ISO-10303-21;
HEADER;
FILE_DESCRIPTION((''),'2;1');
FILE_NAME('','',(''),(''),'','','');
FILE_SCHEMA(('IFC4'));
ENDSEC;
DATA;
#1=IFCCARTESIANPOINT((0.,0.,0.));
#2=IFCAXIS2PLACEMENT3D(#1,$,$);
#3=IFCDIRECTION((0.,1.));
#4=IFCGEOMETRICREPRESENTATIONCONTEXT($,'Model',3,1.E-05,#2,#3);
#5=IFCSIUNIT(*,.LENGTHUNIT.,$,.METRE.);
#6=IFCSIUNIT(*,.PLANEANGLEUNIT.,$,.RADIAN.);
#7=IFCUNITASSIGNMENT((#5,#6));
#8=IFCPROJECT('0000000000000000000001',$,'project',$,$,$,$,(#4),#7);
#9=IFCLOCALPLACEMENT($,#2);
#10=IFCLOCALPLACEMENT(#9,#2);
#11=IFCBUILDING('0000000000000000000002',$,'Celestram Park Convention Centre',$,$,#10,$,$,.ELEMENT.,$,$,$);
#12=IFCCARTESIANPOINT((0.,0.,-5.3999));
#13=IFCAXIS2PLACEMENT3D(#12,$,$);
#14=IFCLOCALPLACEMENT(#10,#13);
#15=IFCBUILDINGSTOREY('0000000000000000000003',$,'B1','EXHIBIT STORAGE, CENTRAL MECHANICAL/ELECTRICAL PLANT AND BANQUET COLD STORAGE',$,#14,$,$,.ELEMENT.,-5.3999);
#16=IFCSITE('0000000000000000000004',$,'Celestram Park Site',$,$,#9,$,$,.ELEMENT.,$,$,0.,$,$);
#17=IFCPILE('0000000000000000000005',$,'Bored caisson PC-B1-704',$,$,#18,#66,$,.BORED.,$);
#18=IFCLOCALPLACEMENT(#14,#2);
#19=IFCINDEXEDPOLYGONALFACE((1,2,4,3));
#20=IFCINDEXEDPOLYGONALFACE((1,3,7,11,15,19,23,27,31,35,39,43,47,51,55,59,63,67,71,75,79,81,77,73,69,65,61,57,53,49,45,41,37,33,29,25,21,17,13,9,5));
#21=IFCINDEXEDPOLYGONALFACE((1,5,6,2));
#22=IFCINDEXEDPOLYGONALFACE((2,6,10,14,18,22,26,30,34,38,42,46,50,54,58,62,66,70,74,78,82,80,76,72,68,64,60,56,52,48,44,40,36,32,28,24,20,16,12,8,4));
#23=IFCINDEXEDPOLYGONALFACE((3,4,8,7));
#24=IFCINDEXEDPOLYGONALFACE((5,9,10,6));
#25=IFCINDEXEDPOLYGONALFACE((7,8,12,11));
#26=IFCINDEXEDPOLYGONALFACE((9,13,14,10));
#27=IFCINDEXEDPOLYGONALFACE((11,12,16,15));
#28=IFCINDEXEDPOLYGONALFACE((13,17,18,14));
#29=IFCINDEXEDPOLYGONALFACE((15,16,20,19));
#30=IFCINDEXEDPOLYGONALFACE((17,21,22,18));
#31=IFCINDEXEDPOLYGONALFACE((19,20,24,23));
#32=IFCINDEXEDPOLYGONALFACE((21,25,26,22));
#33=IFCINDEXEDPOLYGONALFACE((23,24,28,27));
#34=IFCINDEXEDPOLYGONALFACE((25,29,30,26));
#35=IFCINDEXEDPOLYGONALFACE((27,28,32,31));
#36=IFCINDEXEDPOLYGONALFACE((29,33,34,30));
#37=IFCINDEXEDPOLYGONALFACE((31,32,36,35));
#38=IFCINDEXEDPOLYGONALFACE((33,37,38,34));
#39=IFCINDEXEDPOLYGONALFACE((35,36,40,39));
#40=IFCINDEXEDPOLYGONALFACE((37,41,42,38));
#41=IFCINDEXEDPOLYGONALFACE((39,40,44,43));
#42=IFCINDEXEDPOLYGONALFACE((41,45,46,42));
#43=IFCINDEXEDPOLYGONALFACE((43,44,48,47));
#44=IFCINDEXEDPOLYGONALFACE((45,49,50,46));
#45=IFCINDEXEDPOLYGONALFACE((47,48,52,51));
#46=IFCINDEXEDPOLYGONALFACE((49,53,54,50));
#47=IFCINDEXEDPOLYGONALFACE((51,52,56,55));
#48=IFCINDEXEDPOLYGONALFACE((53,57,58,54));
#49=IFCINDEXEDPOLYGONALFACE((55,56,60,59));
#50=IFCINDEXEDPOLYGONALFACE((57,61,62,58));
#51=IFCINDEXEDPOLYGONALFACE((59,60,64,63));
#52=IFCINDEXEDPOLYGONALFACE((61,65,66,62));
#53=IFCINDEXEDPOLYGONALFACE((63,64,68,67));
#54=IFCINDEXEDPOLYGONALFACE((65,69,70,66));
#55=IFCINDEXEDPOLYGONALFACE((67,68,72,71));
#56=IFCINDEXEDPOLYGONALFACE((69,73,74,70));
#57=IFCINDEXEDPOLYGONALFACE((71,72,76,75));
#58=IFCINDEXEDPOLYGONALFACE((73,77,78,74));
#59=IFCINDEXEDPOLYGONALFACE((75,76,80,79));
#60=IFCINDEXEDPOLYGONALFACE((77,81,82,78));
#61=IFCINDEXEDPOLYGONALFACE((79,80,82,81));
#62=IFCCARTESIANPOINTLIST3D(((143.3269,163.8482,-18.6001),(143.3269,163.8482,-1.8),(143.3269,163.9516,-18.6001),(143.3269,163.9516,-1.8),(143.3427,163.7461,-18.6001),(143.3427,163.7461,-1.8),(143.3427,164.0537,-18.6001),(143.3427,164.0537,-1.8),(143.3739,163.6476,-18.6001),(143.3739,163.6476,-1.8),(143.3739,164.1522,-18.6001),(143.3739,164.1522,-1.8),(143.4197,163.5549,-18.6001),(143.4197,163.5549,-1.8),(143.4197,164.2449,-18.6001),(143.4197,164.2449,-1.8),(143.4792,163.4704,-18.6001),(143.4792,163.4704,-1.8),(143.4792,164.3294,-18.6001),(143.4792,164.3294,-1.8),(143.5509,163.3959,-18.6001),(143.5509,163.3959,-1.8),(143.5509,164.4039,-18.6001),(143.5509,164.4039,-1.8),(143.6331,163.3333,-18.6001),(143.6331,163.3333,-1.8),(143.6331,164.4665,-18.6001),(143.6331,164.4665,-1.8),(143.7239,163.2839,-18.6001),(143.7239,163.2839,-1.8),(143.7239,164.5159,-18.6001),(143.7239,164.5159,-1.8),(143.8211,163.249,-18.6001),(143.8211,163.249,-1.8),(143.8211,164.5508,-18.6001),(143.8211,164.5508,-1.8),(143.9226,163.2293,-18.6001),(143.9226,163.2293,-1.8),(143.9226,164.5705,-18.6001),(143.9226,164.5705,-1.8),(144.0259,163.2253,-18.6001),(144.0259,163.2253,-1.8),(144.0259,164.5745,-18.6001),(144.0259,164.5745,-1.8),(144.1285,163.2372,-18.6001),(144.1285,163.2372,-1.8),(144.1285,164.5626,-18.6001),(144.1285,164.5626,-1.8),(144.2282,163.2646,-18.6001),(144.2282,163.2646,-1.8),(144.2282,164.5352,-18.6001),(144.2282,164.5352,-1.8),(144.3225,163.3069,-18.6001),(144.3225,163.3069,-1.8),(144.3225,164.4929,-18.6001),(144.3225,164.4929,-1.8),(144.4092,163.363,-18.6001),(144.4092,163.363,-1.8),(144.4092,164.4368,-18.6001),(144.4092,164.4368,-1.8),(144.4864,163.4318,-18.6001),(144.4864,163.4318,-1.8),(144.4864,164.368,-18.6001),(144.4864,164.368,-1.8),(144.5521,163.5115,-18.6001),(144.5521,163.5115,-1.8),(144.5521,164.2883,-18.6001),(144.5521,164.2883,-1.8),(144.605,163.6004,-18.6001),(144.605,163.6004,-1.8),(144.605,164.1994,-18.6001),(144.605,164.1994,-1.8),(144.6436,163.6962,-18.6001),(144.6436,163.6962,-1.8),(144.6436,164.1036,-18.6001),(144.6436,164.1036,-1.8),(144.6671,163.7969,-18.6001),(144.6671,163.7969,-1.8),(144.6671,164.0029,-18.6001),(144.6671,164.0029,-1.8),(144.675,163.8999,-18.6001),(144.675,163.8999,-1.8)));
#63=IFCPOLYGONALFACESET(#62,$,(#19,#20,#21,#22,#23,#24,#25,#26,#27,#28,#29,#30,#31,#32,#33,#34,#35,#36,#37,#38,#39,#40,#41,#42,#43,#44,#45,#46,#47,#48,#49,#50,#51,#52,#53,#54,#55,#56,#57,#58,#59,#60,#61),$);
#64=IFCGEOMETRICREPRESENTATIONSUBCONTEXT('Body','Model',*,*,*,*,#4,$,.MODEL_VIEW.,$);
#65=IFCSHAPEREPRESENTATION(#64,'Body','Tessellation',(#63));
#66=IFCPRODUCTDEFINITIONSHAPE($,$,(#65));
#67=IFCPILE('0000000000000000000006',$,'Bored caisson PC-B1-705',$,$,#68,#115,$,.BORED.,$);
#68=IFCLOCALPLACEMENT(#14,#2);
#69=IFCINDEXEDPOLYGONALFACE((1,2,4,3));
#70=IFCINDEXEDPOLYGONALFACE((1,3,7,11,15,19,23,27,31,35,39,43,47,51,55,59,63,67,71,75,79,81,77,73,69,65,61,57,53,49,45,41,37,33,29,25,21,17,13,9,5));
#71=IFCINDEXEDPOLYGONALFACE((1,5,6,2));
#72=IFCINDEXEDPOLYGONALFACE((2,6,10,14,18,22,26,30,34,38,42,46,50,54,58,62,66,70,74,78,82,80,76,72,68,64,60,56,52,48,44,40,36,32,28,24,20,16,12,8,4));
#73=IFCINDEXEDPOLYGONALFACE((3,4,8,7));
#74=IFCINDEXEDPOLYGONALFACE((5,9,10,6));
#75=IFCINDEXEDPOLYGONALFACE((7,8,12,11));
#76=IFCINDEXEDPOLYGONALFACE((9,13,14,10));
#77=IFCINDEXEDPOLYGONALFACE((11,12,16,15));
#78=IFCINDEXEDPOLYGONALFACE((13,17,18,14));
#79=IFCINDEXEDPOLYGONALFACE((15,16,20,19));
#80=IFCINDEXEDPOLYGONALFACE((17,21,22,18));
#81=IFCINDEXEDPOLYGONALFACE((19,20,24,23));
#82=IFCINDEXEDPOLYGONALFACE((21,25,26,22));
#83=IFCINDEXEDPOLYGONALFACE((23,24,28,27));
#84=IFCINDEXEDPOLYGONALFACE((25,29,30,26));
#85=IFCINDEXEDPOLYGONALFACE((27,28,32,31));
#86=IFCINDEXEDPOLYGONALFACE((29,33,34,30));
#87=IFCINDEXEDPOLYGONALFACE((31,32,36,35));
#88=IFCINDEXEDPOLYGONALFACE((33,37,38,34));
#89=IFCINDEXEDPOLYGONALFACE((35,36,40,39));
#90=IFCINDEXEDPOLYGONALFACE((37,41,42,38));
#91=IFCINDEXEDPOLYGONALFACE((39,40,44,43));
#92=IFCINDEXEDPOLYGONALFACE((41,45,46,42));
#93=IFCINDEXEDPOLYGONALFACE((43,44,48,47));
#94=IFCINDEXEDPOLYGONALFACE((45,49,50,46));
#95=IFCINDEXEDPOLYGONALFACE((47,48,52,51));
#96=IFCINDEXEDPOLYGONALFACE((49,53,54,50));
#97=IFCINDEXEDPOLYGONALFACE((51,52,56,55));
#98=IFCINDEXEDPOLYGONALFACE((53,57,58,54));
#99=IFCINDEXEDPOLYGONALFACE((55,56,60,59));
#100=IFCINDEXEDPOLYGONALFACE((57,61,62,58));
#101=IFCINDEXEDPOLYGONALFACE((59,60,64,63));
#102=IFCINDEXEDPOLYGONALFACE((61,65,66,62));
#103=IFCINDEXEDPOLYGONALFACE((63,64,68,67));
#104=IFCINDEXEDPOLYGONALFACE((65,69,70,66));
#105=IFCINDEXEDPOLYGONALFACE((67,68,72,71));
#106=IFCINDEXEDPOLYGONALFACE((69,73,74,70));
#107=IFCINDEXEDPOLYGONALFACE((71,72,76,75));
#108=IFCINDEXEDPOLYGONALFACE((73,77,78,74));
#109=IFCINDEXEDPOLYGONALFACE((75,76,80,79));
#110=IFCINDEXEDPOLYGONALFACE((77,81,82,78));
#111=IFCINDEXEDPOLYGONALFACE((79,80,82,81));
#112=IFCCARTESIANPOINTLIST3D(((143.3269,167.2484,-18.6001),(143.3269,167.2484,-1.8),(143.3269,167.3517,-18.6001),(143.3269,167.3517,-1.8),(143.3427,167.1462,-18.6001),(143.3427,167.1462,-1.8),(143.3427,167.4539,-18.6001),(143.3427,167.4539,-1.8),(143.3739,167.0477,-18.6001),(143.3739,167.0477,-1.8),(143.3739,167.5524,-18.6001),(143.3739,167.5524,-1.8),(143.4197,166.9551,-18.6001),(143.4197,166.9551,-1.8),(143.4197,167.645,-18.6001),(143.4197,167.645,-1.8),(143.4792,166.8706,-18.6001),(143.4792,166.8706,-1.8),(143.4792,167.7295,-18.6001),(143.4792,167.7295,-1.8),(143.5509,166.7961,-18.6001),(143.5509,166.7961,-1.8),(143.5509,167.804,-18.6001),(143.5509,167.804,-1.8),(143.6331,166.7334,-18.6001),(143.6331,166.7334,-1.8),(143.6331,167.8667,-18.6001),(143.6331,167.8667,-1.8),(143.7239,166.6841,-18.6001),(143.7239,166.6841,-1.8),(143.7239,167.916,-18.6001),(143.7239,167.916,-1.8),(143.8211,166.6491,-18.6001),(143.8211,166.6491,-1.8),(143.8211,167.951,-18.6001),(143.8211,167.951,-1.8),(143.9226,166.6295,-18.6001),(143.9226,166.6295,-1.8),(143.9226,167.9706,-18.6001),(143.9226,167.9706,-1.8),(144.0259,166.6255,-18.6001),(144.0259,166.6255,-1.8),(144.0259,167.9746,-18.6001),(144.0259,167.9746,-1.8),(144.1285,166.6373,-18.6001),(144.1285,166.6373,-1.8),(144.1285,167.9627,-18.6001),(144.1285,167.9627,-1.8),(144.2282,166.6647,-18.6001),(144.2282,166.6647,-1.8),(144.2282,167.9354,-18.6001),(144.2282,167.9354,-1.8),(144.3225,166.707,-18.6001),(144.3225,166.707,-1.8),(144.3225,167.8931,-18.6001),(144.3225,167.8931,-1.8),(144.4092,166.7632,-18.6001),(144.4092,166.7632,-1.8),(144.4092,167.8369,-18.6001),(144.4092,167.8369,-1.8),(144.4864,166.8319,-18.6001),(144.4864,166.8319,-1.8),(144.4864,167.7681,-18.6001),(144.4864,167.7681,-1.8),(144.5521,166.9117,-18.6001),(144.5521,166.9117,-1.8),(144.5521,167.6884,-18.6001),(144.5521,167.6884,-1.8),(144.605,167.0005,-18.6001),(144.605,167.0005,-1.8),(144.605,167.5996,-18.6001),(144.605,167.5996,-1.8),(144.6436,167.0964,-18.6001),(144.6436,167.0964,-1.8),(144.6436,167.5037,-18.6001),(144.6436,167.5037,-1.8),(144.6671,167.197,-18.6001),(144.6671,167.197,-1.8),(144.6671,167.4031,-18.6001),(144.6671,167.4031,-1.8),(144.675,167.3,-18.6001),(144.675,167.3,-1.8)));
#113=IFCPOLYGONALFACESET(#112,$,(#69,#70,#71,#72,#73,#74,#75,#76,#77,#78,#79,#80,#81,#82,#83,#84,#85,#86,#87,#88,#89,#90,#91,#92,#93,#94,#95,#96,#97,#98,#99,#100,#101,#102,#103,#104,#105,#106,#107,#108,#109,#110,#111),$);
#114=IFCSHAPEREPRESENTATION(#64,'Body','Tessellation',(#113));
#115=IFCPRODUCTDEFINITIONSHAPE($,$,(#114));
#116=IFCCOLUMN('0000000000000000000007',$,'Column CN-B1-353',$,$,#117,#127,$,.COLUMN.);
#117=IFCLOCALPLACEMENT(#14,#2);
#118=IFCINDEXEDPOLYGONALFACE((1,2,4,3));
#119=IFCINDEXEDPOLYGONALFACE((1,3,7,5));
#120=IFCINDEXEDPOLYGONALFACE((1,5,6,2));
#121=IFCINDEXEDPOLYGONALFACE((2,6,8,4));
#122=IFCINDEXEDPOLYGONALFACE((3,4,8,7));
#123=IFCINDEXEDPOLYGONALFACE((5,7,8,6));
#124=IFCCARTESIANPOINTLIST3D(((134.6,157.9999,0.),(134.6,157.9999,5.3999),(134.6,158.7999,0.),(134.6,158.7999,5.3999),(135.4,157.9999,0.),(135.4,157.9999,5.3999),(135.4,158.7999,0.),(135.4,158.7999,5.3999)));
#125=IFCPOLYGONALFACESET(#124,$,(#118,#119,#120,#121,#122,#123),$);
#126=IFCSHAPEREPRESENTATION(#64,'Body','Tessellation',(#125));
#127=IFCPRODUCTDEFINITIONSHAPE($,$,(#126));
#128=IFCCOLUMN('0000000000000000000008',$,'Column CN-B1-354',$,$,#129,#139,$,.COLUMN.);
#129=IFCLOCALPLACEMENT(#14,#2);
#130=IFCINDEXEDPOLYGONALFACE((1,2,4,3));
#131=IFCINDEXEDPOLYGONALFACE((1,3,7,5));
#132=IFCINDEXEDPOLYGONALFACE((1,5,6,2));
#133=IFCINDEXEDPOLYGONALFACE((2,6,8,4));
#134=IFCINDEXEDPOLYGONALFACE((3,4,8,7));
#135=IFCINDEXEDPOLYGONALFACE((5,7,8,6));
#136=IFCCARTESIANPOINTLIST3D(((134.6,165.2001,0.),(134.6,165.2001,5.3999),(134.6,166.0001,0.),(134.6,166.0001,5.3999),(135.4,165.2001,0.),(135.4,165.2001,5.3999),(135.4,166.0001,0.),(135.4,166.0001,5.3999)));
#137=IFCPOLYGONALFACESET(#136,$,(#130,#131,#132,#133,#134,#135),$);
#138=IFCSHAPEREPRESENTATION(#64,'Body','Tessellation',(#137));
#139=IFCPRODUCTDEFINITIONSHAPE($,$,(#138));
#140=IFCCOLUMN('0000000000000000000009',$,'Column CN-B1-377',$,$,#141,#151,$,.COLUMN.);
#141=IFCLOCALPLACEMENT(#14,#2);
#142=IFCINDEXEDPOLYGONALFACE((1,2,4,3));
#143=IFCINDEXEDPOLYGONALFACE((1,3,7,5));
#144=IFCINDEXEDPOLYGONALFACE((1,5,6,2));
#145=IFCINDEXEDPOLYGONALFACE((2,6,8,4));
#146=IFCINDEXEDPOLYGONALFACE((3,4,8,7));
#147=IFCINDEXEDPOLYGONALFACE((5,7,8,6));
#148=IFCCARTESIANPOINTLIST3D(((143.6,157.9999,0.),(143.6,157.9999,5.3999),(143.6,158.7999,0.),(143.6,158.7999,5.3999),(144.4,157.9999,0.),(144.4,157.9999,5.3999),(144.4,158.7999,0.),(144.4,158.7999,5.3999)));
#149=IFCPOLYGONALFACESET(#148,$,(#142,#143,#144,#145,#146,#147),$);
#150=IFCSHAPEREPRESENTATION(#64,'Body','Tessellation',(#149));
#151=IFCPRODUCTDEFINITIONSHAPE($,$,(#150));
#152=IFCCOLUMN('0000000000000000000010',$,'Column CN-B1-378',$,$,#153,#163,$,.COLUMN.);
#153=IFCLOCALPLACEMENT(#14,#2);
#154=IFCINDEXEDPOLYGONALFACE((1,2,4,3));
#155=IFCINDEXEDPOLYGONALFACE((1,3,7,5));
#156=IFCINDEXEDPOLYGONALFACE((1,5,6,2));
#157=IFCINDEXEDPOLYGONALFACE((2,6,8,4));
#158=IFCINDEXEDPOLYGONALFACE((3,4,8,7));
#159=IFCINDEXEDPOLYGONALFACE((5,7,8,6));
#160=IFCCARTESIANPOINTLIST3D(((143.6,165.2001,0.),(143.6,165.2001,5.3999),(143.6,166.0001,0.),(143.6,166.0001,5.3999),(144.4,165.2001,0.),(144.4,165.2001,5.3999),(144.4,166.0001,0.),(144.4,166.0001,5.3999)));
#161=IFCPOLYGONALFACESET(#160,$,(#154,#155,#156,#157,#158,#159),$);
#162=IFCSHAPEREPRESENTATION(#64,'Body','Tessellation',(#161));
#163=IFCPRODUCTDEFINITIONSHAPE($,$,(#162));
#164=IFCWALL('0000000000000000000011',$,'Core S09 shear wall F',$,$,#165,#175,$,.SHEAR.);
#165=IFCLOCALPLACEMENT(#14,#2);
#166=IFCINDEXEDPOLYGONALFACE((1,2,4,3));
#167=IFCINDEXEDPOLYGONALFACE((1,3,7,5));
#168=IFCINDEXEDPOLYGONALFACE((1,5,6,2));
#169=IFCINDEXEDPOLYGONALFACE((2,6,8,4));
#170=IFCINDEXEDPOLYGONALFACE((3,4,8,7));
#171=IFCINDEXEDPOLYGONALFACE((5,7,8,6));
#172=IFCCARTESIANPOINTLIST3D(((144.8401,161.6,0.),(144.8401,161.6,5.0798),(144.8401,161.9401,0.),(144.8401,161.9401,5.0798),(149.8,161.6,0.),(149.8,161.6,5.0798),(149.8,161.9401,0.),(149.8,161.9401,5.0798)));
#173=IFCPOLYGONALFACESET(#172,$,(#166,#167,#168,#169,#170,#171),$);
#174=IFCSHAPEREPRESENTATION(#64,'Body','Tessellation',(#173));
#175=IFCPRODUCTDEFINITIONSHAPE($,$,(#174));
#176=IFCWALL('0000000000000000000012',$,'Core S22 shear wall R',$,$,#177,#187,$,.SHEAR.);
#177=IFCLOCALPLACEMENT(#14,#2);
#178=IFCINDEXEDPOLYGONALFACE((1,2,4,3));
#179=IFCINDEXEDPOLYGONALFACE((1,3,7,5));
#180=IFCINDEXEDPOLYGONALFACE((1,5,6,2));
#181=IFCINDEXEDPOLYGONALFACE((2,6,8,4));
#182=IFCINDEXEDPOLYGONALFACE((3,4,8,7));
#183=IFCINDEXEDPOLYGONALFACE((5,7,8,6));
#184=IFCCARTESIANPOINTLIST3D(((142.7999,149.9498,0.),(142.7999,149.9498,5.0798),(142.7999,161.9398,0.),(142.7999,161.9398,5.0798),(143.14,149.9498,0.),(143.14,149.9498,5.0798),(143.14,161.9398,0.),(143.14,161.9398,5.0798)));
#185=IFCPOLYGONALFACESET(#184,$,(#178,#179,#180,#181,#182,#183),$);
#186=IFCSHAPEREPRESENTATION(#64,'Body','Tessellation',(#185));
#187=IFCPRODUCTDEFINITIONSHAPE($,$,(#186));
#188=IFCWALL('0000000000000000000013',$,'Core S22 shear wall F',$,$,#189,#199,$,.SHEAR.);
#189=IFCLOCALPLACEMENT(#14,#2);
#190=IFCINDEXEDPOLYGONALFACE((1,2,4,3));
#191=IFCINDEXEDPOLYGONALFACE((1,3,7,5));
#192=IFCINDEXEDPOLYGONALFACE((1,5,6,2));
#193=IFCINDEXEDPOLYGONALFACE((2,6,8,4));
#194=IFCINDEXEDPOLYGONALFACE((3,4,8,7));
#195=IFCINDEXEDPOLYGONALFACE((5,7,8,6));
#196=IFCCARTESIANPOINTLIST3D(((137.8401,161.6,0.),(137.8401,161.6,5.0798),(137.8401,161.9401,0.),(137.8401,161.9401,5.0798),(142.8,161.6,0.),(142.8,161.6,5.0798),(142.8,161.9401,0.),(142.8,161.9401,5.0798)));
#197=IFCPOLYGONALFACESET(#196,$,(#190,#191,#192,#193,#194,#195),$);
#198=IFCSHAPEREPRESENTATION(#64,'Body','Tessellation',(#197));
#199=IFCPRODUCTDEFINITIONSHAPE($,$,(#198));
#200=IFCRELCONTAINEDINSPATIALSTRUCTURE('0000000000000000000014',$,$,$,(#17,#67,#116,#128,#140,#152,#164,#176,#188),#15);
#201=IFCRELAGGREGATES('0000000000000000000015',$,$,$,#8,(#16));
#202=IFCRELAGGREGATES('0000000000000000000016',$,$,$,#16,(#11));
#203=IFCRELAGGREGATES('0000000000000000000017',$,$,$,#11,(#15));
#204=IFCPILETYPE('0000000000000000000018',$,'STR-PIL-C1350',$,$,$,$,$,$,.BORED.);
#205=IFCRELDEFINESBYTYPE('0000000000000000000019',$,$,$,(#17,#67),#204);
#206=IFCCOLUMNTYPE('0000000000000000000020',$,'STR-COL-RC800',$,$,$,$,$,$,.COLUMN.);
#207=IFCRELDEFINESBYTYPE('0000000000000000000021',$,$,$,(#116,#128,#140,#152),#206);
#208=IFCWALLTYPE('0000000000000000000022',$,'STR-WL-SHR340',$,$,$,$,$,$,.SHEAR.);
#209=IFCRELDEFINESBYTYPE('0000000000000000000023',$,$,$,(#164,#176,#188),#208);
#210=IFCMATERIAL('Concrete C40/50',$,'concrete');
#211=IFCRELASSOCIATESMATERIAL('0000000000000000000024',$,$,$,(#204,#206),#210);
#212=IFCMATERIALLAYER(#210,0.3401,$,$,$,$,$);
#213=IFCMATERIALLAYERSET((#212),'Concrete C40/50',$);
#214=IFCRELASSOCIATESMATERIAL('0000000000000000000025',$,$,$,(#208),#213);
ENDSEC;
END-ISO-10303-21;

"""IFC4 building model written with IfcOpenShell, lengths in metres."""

from ifc_helpers import new_model, si_unit, direction, frame, frame_2d, origin, origin_2d, place, context, subcontext, project, spatial, rectangle, circle, extrude, material, layer, layer_set, material_profile, profile_set, type_object, element, save


model = new_model("IFC4")

# Units and contexts
model_context = context("Model", 3, precision=1e-05, world=origin(), true_north=direction((0.0, 1.0)))
body_context = subcontext(model_context, "Body", "Model", "MODEL_VIEW")
ifc_project = project(units=[si_unit("LENGTHUNIT", "METRE"), si_unit("PLANEANGLEUNIT", "RADIAN")], contexts=[model_context])

# Site, building, storey
site_placement = place(None, origin())
site = spatial("IfcSite", under=ifc_project, at=site_placement, Name="Celestram Park Site", CompositionType="ELEMENT", RefElevation=0.0)
building_placement = place(site_placement, origin())
building = spatial("IfcBuilding", under=site, at=building_placement, Name="Celestram Park Convention Centre", CompositionType="ELEMENT")
storey_placement = place(building_placement, frame((0.0, 0.0, -5.3999)))
storey = spatial("IfcBuildingStorey", under=building, at=storey_placement, Name="B1", Description="EXHIBIT STORAGE, CENTRAL MECHANICAL/ELECTRICAL PLANT AND BANQUET COLD STORAGE", CompositionType="ELEMENT", Elevation=-5.3999)

# Shared definitions
ifc_material_1 = material(Name="Concrete C40/50", Category="concrete")

# Piles
ifc_material_profile_1 = material_profile(ifc_material_1, circle(Radius=0.675, at=origin_2d()), Name="CAISSON1350")
ifc_profile_set_1 = profile_set([ifc_material_profile_1], Name="Concrete C40/50")
pile_type_1 = type_object("IfcPileType", Name="STR-PIL-C1350", PredefinedType="BORED", material=ifc_profile_set_1)
for number, where, z_axis, x_axis, name in (
    (1, (144.0, 163.8999, -1.8), (0.0, 0.0, -1.0), (1.0, 0.0, 0.0), "Bored caisson PC-B1-704"),
    (2, (144.0, 167.3, -1.8), (0.0, 0.0, -1.0), (1.0, 0.0, 0.0), "Bored caisson PC-B1-705"),
):
    element("IfcPile", number, at=place(storey_placement, frame(where, z_axis=z_axis, x_axis=x_axis)), inside=storey, type_object=pile_type_1, Name=name, PredefinedType="BORED", context=body_context, shape_type="SweptSolid", body=[
        extrude(circle(Radius=0.675, at=origin_2d()), origin(), (0.0, 0.0, 1.0), 16.8),
    ])

# Columns
ifc_material_profile_2 = material_profile(ifc_material_1, rectangle(XDim=0.8, YDim=0.8, at=origin_2d()), Name="RC800X800")
ifc_profile_set_2 = profile_set([ifc_material_profile_2], Name="Concrete C40/50")
column_type = type_object("IfcColumnType", Name="STR-COL-RC800", PredefinedType="COLUMN", material=ifc_profile_set_2)
for number, where, z_axis, x_axis, name in (
    (3, (135.0, 158.3999, 0.0), (0.0, 0.0, 1.0), (1.0, 0.0, 0.0), "Column CN-B1-353"),
    (4, (135.0, 165.6001, 0.0), (0.0, 0.0, 1.0), (1.0, 0.0, 0.0), "Column CN-B1-354"),
    (5, (144.0, 158.3999, 0.0), (0.0, 0.0, 1.0), (1.0, 0.0, 0.0), "Column CN-B1-377"),
    (6, (144.0, 165.6001, 0.0), (0.0, 0.0, 1.0), (1.0, 0.0, 0.0), "Column CN-B1-378"),
):
    element("IfcColumn", number, at=place(storey_placement, frame(where, z_axis=z_axis, x_axis=x_axis)), inside=storey, type_object=column_type, Name=name, PredefinedType="COLUMN", context=body_context, shape_type="SweptSolid", body=[
        extrude(rectangle(XDim=0.8, YDim=0.8, at=origin_2d()), origin(), (0.0, 0.0, 1.0), 5.3999),
    ])

# Walls
ifc_layer = layer(ifc_material_1, 0.3401)
ifc_layer_set = layer_set([ifc_layer], Name="Concrete C40/50")
wall_type = type_object("IfcWallType", Name="STR-WL-SHR340", PredefinedType="SHEAR", material=ifc_layer_set)
wall_1_placement = place(storey_placement, frame((144.8401, 161.77, 0.0), z_axis=(0.0, 0.0, 1.0), x_axis=(1.0, 0.0, 0.0)))
element("IfcWall", 7, at=wall_1_placement, inside=storey, type_object=wall_type, Name="Core S09 shear wall F", PredefinedType="SHEAR", context=body_context, shape_type="SweptSolid", body=[
    extrude(rectangle(XDim=4.96, YDim=0.3401, at=frame_2d((2.48, 0.0))), origin(), (0.0, 0.0, 1.0), 5.0798),
])
wall_2_placement = place(storey_placement, frame((142.97, 161.9399, 0.0), z_axis=(0.0, 0.0, 1.0), x_axis=(0.0, -1.0, 0.0)))
element("IfcWall", 8, at=wall_2_placement, inside=storey, type_object=wall_type, Name="Core S22 shear wall R", PredefinedType="SHEAR", context=body_context, shape_type="SweptSolid", body=[
    extrude(rectangle(XDim=11.99, YDim=0.3401, at=frame_2d((5.9951, 0.0))), origin(), (0.0, 0.0, 1.0), 5.0798),
])
wall_3_placement = place(storey_placement, frame((137.8401, 161.77, 0.0), z_axis=(0.0, 0.0, 1.0), x_axis=(1.0, 0.0, 0.0)))
element("IfcWall", 9, at=wall_3_placement, inside=storey, type_object=wall_type, Name="Core S22 shear wall F", PredefinedType="SHEAR", context=body_context, shape_type="SweptSolid", body=[
    extrude(rectangle(XDim=4.96, YDim=0.3401, at=frame_2d((2.48, 0.0))), origin(), (0.0, 0.0, 1.0), 5.0798),
])

save(model, "model.ifc")
